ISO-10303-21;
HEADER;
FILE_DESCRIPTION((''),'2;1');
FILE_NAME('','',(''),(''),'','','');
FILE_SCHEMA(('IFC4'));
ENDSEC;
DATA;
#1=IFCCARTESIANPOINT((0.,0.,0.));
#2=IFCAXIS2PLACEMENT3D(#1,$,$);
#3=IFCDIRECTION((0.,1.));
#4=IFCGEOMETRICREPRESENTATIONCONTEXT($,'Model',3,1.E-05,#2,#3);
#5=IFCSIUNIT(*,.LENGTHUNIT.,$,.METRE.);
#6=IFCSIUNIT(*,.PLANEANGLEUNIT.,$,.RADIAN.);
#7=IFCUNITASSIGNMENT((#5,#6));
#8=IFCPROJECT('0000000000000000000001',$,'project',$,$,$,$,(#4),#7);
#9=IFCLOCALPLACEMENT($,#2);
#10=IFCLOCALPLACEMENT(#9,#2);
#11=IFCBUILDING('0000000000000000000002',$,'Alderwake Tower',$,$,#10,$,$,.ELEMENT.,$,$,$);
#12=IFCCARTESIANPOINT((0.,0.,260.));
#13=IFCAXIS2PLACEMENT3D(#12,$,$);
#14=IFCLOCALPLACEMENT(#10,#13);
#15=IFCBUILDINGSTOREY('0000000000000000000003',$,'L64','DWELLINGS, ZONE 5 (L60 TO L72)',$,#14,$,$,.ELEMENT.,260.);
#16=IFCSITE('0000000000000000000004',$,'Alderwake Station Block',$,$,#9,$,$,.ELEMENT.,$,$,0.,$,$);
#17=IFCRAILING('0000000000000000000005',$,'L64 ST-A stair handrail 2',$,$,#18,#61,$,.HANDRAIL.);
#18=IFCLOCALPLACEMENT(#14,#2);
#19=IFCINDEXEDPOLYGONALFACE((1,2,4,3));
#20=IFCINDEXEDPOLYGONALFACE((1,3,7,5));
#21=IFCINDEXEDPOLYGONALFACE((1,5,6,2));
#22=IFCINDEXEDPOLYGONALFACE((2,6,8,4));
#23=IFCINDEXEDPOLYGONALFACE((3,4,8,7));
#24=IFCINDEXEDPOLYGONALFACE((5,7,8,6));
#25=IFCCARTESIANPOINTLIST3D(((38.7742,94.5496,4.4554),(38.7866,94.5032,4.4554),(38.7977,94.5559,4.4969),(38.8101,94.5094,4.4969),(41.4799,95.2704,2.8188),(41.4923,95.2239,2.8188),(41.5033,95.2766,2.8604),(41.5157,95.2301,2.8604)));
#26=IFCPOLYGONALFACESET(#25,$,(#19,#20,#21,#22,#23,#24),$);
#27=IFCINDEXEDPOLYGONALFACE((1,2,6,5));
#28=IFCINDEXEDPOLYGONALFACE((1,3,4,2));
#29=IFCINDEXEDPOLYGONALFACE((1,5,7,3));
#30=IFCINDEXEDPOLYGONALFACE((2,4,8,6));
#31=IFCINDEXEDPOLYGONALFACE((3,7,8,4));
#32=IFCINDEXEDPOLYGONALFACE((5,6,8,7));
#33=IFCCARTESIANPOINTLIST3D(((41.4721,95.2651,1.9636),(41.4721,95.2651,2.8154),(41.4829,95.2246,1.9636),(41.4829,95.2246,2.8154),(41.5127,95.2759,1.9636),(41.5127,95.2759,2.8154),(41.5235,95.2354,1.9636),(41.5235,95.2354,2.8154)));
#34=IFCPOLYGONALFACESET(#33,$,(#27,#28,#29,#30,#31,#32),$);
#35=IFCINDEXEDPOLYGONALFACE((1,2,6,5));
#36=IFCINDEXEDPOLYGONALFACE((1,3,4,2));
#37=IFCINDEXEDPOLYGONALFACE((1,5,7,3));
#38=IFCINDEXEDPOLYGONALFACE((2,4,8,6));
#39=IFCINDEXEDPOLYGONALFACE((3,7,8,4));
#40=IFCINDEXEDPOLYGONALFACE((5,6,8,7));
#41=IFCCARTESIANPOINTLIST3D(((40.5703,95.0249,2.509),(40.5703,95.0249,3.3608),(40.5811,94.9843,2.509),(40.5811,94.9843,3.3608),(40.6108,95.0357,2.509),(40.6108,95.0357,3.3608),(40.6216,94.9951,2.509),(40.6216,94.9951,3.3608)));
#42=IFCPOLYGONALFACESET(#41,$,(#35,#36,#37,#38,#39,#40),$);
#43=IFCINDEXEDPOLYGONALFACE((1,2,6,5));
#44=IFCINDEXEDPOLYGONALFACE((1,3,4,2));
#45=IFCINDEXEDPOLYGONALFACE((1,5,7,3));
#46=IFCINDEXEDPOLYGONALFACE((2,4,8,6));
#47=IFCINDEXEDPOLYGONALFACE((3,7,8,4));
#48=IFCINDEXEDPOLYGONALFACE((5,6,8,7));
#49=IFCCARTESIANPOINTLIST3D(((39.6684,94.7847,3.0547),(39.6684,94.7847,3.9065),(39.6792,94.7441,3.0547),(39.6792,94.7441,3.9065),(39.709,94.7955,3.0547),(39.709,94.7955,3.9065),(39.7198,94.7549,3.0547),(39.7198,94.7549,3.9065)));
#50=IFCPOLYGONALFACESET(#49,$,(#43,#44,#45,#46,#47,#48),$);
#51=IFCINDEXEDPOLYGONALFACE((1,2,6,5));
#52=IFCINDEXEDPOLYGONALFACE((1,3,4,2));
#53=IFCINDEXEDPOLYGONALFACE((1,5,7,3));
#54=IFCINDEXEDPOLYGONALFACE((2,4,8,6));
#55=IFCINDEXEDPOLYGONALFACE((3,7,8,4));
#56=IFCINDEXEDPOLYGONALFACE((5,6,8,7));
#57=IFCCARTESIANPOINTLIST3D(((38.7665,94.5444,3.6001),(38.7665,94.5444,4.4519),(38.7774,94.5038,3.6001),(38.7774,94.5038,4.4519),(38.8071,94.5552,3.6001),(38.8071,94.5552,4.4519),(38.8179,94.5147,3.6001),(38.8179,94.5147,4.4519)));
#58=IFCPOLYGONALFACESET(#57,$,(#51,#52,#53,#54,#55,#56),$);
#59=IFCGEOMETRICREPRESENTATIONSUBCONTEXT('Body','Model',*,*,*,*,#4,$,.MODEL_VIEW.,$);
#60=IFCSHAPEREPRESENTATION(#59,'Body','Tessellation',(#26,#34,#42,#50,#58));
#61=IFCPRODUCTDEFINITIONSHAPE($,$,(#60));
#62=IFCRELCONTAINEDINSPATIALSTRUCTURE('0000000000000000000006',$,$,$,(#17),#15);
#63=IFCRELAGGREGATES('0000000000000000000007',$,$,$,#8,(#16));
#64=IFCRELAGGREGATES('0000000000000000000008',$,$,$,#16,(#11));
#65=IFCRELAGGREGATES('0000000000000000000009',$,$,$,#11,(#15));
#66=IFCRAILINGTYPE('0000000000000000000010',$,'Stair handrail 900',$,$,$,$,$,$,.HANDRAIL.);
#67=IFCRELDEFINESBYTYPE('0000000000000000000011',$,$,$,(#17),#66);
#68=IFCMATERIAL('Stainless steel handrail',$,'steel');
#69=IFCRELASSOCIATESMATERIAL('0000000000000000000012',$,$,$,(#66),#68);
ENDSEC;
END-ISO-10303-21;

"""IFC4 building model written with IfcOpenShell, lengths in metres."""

from ifc_helpers import new_model, si_unit, direction, frame, origin, origin_2d, place, context, subcontext, project, spatial, rectangle, extrude, material, type_object, element, save


model = new_model("IFC4")

# Units and contexts
model_context = context("Model", 3, precision=1e-05, world=origin(), true_north=direction((0.0, 1.0)))
body_context = subcontext(model_context, "Body", "Model", "MODEL_VIEW")
ifc_project = project(units=[si_unit("LENGTHUNIT", "METRE"), si_unit("PLANEANGLEUNIT", "RADIAN")], contexts=[model_context])

# Site, building, storey
site_placement = place(None, origin())
site = spatial("IfcSite", under=ifc_project, at=site_placement, Name="Alderwake Station Block", CompositionType="ELEMENT", RefElevation=0.0)
building_placement = place(site_placement, origin())
building = spatial("IfcBuilding", under=site, at=building_placement, Name="Alderwake Tower", CompositionType="ELEMENT")
storey_placement = place(building_placement, frame((0.0, 0.0, 260.0)))
storey = spatial("IfcBuildingStorey", under=building, at=storey_placement, Name="L64", Description="DWELLINGS, ZONE 5 (L60 TO L72)", CompositionType="ELEMENT", Elevation=260.0)

# Railing
ifc_material_1 = material(Name="Stainless steel handrail", Category="steel")
railing_type_1 = type_object("IfcRailingType", Name="Stair handrail 900", PredefinedType="HANDRAIL", material=ifc_material_1)
railing_1_placement = place(storey_placement, frame((41.4978, 95.2502, 1.9636)))
element("IfcRailing", 1, at=railing_1_placement, inside=storey, type_object=railing_type_1, Name="L64 ST-A stair handrail 2", PredefinedType="HANDRAIL", context=body_context, shape_type="SweptSolid", body=[
    extrude(rectangle(XDim=0.0481, YDim=0.0481, at=origin_2d()), frame((0.0, 0.0, 0.876), z_axis=(-0.834259, -0.222228, 0.504605), x_axis=(0.257402, -0.966304, 0.0)), (0.0, 0.0, 1.0), 3.2432),
    extrude(rectangle(XDim=0.042, YDim=0.042, at=origin_2d()), frame((0.0, 0.0, 0.0), z_axis=(0.0, 0.0, 1.0), x_axis=(-0.966304, -0.257402, 0.0)), (0.0, 0.0, 1.0), 0.8518),
    extrude(rectangle(XDim=0.042, YDim=0.042, at=origin_2d()), frame((-0.9019, -0.2402, 0.5454), z_axis=(0.0, 0.0, 1.0), x_axis=(-0.966304, -0.257402, 0.0)), (0.0, 0.0, 1.0), 0.8518),
    extrude(rectangle(XDim=0.042, YDim=0.042, at=origin_2d()), frame((-1.8037, -0.4805, 1.0911), z_axis=(0.0, 0.0, 1.0), x_axis=(-0.966304, -0.257402, 0.0)), (0.0, 0.0, 1.0), 0.8518),
    extrude(rectangle(XDim=0.042, YDim=0.042, at=origin_2d()), frame((-2.7056, -0.7207, 1.6365), z_axis=(0.0, 0.0, 1.0), x_axis=(-0.966304, -0.257402, 0.0)), (0.0, 0.0, 1.0), 0.8518),
])

save(model, "model.ifc")
